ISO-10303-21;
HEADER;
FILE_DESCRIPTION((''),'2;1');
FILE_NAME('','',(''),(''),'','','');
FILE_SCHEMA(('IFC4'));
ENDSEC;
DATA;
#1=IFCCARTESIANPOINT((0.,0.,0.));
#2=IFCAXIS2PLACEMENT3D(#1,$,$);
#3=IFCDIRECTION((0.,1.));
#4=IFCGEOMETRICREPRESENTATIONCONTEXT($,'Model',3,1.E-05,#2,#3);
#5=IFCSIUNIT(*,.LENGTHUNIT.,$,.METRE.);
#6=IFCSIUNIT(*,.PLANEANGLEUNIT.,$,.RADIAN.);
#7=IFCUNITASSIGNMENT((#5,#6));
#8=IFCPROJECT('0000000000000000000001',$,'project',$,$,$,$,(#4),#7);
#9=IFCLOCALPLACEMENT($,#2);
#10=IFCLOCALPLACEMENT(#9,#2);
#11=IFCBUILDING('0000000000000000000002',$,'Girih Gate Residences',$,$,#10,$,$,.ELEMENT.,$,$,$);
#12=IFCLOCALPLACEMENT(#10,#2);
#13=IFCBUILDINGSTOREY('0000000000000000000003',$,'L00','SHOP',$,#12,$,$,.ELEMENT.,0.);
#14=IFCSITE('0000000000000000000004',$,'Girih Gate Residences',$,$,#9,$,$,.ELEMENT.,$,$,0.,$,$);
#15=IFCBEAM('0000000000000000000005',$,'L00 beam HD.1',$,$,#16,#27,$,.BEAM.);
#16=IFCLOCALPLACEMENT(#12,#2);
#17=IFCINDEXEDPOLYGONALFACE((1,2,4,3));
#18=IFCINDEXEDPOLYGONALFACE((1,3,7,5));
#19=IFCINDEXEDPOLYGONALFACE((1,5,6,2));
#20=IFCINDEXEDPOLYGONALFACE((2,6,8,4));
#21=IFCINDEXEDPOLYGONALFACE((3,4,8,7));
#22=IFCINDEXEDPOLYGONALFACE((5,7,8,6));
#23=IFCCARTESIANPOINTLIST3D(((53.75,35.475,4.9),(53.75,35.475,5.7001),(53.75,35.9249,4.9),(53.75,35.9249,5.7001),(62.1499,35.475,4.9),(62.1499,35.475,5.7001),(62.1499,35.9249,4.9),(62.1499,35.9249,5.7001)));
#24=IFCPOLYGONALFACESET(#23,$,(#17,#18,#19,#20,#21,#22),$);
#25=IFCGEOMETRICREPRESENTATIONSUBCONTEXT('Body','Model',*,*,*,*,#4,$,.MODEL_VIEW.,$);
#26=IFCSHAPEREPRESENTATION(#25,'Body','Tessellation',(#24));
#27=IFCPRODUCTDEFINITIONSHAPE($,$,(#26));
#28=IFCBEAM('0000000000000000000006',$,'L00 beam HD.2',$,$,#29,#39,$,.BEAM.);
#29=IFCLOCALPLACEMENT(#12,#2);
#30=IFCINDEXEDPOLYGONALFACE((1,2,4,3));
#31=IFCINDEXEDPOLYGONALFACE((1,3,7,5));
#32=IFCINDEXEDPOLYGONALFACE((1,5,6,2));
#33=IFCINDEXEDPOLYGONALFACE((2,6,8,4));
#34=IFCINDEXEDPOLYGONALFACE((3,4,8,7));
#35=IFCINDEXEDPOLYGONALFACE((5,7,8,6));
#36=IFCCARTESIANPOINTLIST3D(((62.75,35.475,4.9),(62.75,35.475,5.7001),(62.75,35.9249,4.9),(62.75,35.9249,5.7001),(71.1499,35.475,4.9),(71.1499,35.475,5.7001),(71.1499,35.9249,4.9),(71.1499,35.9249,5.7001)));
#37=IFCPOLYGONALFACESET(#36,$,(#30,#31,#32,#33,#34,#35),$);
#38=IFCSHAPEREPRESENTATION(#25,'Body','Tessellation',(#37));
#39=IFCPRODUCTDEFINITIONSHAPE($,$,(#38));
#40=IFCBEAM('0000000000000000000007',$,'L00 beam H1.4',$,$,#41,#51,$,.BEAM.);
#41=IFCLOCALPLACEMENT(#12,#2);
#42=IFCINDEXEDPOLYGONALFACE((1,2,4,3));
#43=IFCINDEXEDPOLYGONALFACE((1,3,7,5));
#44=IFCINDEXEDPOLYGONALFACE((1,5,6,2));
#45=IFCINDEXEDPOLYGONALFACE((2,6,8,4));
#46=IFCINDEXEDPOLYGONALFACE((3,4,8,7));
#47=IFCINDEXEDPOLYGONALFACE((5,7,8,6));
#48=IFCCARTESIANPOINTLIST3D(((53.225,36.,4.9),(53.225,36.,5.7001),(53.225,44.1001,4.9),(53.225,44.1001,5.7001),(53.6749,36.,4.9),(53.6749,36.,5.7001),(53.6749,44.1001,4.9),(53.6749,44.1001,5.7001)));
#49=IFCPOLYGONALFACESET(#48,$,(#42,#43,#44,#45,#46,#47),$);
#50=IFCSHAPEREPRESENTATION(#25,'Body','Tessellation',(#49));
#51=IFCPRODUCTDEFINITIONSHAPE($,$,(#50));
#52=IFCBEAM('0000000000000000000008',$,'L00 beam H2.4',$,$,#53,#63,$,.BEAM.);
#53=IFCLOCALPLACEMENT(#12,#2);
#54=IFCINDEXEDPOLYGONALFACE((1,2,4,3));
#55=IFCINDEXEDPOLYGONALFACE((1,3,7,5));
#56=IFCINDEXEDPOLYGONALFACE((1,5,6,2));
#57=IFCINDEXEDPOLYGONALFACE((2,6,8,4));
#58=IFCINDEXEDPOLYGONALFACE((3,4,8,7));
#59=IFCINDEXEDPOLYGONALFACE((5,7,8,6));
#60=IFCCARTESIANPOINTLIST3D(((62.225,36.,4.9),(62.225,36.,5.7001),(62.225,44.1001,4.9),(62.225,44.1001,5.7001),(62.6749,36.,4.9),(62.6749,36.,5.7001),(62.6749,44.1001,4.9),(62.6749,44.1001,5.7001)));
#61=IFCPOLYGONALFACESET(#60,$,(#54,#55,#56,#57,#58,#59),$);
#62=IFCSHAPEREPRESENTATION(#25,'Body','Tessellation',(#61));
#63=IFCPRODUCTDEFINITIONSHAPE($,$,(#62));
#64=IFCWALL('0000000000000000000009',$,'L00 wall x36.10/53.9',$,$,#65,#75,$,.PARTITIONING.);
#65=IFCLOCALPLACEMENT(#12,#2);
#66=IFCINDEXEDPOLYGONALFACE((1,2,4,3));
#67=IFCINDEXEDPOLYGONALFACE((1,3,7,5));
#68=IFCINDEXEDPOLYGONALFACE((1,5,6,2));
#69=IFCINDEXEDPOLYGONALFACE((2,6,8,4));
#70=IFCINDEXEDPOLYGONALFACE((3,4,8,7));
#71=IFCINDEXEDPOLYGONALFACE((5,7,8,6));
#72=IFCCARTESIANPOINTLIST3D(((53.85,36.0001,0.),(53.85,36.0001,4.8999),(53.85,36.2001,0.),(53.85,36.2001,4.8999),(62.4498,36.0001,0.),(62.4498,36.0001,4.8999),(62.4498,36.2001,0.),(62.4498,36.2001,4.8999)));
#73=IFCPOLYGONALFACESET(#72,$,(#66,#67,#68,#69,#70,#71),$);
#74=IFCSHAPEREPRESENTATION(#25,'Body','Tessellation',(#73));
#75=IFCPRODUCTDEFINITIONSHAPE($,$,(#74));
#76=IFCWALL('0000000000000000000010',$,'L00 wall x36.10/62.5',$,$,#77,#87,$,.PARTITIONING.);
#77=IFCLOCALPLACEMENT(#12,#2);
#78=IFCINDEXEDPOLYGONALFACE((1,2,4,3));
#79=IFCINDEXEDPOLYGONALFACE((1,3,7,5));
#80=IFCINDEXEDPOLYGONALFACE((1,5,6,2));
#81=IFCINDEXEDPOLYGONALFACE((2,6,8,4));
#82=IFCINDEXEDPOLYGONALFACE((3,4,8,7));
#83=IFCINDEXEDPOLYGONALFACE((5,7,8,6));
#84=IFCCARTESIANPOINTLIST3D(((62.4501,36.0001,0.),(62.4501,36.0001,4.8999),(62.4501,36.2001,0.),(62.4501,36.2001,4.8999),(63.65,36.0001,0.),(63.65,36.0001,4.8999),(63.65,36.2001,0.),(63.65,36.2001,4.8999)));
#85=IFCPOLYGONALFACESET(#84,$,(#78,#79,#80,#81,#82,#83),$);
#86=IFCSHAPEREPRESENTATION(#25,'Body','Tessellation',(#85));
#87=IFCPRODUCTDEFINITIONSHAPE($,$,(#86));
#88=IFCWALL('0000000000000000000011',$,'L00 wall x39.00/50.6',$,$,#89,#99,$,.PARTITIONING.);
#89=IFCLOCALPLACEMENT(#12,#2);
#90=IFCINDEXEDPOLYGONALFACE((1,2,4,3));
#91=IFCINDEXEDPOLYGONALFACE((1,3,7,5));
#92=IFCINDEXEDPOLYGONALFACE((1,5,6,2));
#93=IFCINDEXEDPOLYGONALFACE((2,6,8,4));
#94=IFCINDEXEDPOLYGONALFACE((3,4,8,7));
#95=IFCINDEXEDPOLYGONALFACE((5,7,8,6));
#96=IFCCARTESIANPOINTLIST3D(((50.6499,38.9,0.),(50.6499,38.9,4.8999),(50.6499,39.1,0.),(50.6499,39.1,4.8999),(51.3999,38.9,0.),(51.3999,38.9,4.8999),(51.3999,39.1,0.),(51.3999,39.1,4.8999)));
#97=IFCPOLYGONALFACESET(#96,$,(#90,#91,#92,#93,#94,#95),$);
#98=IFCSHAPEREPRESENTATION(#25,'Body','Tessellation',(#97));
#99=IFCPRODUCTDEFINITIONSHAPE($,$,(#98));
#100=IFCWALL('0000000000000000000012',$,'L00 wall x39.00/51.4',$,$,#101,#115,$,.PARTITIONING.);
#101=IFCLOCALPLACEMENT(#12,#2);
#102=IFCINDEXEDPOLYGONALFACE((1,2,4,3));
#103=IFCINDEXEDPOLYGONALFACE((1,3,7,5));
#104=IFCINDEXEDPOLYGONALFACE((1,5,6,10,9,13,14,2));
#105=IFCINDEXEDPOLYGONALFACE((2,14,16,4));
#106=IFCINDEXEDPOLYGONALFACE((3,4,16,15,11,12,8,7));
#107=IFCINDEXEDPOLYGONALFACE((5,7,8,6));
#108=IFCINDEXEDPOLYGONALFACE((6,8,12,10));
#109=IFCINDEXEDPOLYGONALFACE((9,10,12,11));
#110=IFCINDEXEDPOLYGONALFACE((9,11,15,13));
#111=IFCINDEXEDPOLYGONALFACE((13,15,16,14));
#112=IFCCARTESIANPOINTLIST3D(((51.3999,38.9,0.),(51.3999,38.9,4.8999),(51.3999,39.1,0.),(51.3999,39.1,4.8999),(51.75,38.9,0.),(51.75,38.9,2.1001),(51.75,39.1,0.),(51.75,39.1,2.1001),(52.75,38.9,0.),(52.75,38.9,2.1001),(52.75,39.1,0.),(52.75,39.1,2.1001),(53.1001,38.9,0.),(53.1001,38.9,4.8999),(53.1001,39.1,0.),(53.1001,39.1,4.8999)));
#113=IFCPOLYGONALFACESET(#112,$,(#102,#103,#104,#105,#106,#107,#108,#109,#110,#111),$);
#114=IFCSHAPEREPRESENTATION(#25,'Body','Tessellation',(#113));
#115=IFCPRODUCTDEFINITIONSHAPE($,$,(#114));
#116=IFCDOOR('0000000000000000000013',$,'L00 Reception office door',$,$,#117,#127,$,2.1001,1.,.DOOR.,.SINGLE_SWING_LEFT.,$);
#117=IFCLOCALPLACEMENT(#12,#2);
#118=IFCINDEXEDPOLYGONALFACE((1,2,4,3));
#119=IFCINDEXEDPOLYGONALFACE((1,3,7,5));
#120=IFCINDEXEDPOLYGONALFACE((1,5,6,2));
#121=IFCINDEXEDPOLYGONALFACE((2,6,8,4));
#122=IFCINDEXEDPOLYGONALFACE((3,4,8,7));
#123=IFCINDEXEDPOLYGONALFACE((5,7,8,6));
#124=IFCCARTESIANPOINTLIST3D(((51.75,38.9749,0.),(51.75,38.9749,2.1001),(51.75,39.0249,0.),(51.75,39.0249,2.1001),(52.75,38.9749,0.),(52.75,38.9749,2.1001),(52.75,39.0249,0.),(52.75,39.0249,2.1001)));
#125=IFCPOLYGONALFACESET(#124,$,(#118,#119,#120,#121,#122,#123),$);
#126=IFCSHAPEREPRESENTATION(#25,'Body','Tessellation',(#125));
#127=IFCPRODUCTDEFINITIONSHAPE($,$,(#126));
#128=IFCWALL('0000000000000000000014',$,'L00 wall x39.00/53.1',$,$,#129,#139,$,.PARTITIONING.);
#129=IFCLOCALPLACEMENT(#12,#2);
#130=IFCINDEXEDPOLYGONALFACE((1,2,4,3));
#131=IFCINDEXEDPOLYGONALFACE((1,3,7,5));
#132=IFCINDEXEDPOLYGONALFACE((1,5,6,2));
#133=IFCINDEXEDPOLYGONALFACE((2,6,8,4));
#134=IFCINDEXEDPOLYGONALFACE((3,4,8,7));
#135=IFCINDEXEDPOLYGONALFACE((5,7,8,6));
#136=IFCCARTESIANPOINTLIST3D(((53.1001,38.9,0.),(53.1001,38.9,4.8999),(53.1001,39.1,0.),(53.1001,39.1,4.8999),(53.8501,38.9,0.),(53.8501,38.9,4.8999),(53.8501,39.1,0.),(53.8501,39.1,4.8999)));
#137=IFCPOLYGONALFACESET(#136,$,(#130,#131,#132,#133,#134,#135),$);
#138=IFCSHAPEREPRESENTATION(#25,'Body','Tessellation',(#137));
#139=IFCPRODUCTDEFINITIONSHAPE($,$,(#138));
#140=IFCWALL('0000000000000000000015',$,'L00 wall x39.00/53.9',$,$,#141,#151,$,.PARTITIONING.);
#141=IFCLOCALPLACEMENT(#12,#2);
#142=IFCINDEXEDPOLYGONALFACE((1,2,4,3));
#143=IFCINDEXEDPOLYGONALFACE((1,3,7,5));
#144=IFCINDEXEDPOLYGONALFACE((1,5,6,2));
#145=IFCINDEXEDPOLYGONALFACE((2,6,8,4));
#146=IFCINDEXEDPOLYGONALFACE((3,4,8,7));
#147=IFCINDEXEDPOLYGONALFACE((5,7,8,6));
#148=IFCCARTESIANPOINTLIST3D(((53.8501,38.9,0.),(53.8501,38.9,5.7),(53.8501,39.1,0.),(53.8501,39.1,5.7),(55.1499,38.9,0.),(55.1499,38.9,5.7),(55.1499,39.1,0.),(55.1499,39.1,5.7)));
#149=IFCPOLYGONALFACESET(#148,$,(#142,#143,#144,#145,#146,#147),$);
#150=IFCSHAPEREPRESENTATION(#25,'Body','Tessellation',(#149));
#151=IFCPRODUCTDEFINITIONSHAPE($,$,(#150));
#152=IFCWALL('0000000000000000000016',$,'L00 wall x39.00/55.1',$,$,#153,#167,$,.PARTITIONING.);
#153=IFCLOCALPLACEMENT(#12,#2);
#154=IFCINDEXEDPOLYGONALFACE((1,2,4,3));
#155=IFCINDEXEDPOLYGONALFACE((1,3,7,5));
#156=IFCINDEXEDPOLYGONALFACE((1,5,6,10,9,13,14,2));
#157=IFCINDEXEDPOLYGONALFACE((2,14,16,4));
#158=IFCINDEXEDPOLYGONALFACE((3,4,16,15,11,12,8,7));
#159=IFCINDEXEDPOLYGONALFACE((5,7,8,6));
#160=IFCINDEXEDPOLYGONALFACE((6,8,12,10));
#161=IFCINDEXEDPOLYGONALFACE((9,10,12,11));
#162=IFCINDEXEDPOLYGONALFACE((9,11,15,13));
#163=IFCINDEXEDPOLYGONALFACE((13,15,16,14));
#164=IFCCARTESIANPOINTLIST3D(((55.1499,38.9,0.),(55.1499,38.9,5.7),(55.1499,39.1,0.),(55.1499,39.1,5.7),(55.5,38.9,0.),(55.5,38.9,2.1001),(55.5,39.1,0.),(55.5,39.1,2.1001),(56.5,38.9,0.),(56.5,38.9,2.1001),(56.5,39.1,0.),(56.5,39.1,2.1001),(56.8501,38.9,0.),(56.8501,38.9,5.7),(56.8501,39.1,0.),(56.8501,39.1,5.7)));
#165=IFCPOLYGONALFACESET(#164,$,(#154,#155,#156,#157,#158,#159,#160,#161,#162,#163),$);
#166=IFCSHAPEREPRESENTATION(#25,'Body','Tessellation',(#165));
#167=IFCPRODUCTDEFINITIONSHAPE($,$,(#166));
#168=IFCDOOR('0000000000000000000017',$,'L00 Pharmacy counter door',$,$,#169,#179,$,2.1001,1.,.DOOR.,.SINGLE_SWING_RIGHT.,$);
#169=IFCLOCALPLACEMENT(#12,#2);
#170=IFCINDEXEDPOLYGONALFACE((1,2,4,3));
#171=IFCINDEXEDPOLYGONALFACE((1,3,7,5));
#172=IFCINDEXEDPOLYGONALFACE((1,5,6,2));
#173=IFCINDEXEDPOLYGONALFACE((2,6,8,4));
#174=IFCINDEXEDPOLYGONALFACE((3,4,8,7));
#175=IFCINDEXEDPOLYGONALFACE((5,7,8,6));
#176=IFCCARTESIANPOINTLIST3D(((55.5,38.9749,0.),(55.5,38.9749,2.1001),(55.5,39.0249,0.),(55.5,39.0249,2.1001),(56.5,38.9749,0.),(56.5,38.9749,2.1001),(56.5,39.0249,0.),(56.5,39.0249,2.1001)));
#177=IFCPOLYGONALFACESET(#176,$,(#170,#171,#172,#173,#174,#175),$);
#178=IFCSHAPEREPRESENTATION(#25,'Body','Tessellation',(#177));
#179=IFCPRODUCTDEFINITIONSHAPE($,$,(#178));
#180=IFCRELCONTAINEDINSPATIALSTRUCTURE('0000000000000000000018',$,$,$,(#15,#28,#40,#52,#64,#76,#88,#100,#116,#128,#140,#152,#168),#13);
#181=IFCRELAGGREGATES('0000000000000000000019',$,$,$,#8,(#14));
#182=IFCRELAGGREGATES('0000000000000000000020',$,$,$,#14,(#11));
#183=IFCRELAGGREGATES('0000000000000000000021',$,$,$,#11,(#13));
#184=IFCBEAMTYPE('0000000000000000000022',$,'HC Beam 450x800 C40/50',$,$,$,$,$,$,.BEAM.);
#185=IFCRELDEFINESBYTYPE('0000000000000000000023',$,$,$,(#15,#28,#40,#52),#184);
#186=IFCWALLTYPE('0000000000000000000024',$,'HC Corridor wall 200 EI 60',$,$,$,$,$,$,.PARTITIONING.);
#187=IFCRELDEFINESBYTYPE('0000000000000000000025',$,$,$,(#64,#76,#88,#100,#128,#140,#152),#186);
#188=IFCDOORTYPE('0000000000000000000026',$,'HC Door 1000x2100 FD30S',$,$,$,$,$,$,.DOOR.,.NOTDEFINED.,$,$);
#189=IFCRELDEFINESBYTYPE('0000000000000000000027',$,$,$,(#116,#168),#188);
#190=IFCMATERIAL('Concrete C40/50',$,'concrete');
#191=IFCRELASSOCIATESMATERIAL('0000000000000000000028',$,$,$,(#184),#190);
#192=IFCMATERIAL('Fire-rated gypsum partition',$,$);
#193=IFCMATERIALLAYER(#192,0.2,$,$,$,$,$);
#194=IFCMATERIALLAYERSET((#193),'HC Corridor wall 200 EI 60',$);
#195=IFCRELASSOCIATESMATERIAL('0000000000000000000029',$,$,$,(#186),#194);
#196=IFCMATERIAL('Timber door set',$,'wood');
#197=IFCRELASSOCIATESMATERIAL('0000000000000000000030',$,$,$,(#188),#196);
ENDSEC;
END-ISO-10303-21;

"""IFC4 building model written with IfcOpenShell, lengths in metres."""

from ifc_helpers import new_model, si_unit, direction, frame, frame_2d, origin, origin_2d, place, context, subcontext, project, spatial, rectangle, extrude, material, layer, layer_set, material_profile, profile_set, type_object, element, fill, save


model = new_model("IFC4")

# Units and contexts
model_context = context("Model", 3, precision=1e-05, world=origin(), true_north=direction((0.0, 1.0)))
body_context = subcontext(model_context, "Body", "Model", "MODEL_VIEW")
ifc_project = project(units=[si_unit("LENGTHUNIT", "METRE"), si_unit("PLANEANGLEUNIT", "RADIAN")], contexts=[model_context])

# Site, building, storey
site_placement = place(None, origin())
site = spatial("IfcSite", under=ifc_project, at=site_placement, Name="Girih Gate Residences", CompositionType="ELEMENT", RefElevation=0.0)
building_placement = place(site_placement, origin())
building = spatial("IfcBuilding", under=site, at=building_placement, Name="Girih Gate Residences", CompositionType="ELEMENT")
storey_placement = place(building_placement, origin())
storey = spatial("IfcBuildingStorey", under=building, at=storey_placement, Name="L00", Description="SHOP", CompositionType="ELEMENT", Elevation=0.0)

# Shared definitions
ifc_material_1 = material(Name="Concrete C40/50", Category="concrete")

# Beams
ifc_material_profile_1 = material_profile(ifc_material_1, rectangle(XDim=0.45, YDim=0.8, at=origin_2d()))
ifc_profile_set_1 = profile_set([ifc_material_profile_1], Name="Concrete C40/50")
beam_type = type_object("IfcBeamType", Name="HC Beam 450x800 C40/50", PredefinedType="BEAM", material=ifc_profile_set_1)
for number, where, z_axis, x_axis, name in (
    (1, (53.75, 35.7, 5.3), (1.0, 0.0, 0.0), (0.0, 1.0, 0.0), "L00 beam HD.1"),
    (2, (62.75, 35.7, 5.3), (1.0, 0.0, 0.0), (0.0, 1.0, 0.0), "L00 beam HD.2"),
):
    element("IfcBeam", number, at=place(storey_placement, frame(where, z_axis=z_axis, x_axis=x_axis)), inside=storey, type_object=beam_type, Name=name, PredefinedType="BEAM", context=body_context, shape_type="SweptSolid", body=[
        extrude(rectangle(XDim=0.45, YDim=0.8, at=origin_2d()), origin(), (0.0, 0.0, 1.0), 8.3999),
    ])
for number, where, z_axis, x_axis, name in (
    (3, (53.45, 36.0, 5.3), (0.0, 1.0, 0.0), (-1.0, 0.0, 0.0), "L00 beam H1.4"),
    (4, (62.45, 36.0, 5.3), (0.0, 1.0, 0.0), (-1.0, 0.0, 0.0), "L00 beam H2.4"),
):
    element("IfcBeam", number, at=place(storey_placement, frame(where, z_axis=z_axis, x_axis=x_axis)), inside=storey, type_object=beam_type, Name=name, PredefinedType="BEAM", context=body_context, shape_type="SweptSolid", body=[
        extrude(rectangle(XDim=0.45, YDim=0.8, at=origin_2d()), origin(), (0.0, 0.0, 1.0), 8.1001),
    ])

# Walls
ifc_material_2 = material(Name="Fire-rated gypsum partition")
ifc_layer_1 = layer(ifc_material_2, 0.2)
ifc_layer_set_1 = layer_set([ifc_layer_1], Name="HC Corridor wall 200 EI 60")
wall_type_1 = type_object("IfcWallType", Name="HC Corridor wall 200 EI 60", PredefinedType="PARTITIONING", material=ifc_layer_set_1)
wall_1_placement = place(storey_placement, frame((53.8501, 36.1001, 0.0), z_axis=(0.0, 0.0, 1.0), x_axis=(1.0, 0.0, 0.0)))
element("IfcWall", 5, at=wall_1_placement, inside=storey, type_object=wall_type_1, Name="L00 wall x36.10/53.9", PredefinedType="PARTITIONING", context=body_context, shape_type="SweptSolid", body=[
    extrude(rectangle(XDim=8.5999, YDim=0.2, at=frame_2d((4.2998, 0.0))), origin(), (0.0, 0.0, 1.0), 4.8999),
])
wall_2_placement = place(storey_placement, frame((62.45, 36.1001, 0.0), z_axis=(0.0, 0.0, 1.0), x_axis=(1.0, 0.0, 0.0)))
element("IfcWall", 6, at=wall_2_placement, inside=storey, type_object=wall_type_1, Name="L00 wall x36.10/62.5", PredefinedType="PARTITIONING", context=body_context, shape_type="SweptSolid", body=[
    extrude(rectangle(XDim=1.2, YDim=0.2, at=frame_2d((0.6001, 0.0))), origin(), (0.0, 0.0, 1.0), 4.8999),
])
wall_3_placement = place(storey_placement, frame((50.6499, 39.0, 0.0), z_axis=(0.0, 0.0, 1.0), x_axis=(1.0, 0.0, 0.0)))
element("IfcWall", 7, at=wall_3_placement, inside=storey, type_object=wall_type_1, Name="L00 wall x39.00/50.6", PredefinedType="PARTITIONING", context=body_context, shape_type="SweptSolid", body=[
    extrude(rectangle(XDim=0.75, YDim=0.2, at=frame_2d((0.375, 0.0))), origin(), (0.0, 0.0, 1.0), 4.8999),
])

# Wall, opening, door
wall_4_placement = place(storey_placement, frame((51.3999, 39.0, 0.0), z_axis=(0.0, 0.0, 1.0), x_axis=(1.0, 0.0, 0.0)))
wall_4 = element("IfcWall", 8, at=wall_4_placement, inside=storey, type_object=wall_type_1, Name="L00 wall x39.00/51.4", PredefinedType="PARTITIONING", context=body_context, shape_type="SweptSolid", body=[
    extrude(rectangle(XDim=1.7002, YDim=0.2, at=frame_2d((0.8501, 0.0))), origin(), (0.0, 0.0, 1.0), 4.8999),
])
opening_1_placement = place(wall_4_placement, frame((0.3501, 0.0, 0.0)))
opening_1 = element("IfcOpeningElement", 9, at=opening_1_placement, cuts=wall_4, PredefinedType="OPENING", context=body_context, shape_type="SweptSolid", body=[
    extrude(rectangle(XDim=1.0, YDim=2.1001, at=frame_2d((0.5, 1.05))), frame((0.0, 0.1099, 0.0), z_axis=(0.0, -1.0, 0.0), x_axis=(1.0, 0.0, 0.0)), (0.0, 0.0, 1.0), 0.22),
])
ifc_material_3 = material(Name="Timber door set", Category="wood")
door_type = type_object("IfcDoorType", Name="HC Door 1000x2100 FD30S", OperationType="NOTDEFINED", PredefinedType="DOOR", material=ifc_material_3)
door_1_placement = place(opening_1_placement, origin())
door_1 = element("IfcDoor", 10, at=door_1_placement, inside=storey, type_object=door_type, Name="L00 Reception office door", OperationType="SINGLE_SWING_LEFT", OverallHeight=2.1001, OverallWidth=1.0, PredefinedType="DOOR", context=body_context, shape_type="SweptSolid", body=[
    extrude(rectangle(XDim=1.0, YDim=2.1001, at=frame_2d((0.5, 1.05))), frame((0.0, 0.0249, 0.0), z_axis=(0.0, -1.0, 0.0), x_axis=(1.0, 0.0, 0.0)), (0.0, 0.0, 1.0), 0.05),
])
fill(opening_1, door_1)

# Walls
wall_5_placement = place(storey_placement, frame((53.1001, 39.0, 0.0), z_axis=(0.0, 0.0, 1.0), x_axis=(1.0, 0.0, 0.0)))
element("IfcWall", 11, at=wall_5_placement, inside=storey, type_object=wall_type_1, Name="L00 wall x39.00/53.1", PredefinedType="PARTITIONING", context=body_context, shape_type="SweptSolid", body=[
    extrude(rectangle(XDim=0.75, YDim=0.2, at=frame_2d((0.375, 0.0))), origin(), (0.0, 0.0, 1.0), 4.8999),
])
wall_6_placement = place(storey_placement, frame((53.8501, 39.0, 0.0), z_axis=(0.0, 0.0, 1.0), x_axis=(1.0, 0.0, 0.0)))
element("IfcWall", 12, at=wall_6_placement, inside=storey, type_object=wall_type_1, Name="L00 wall x39.00/53.9", PredefinedType="PARTITIONING", context=body_context, shape_type="SweptSolid", body=[
    extrude(rectangle(XDim=1.2998, YDim=0.2, at=frame_2d((0.6499, 0.0))), origin(), (0.0, 0.0, 1.0), 5.7),
])

# Wall, opening, door
wall_7_placement = place(storey_placement, frame((55.1499, 39.0, 0.0), z_axis=(0.0, 0.0, 1.0), x_axis=(1.0, 0.0, 0.0)))
wall_7 = element("IfcWall", 13, at=wall_7_placement, inside=storey, type_object=wall_type_1, Name="L00 wall x39.00/55.1", PredefinedType="PARTITIONING", context=body_context, shape_type="SweptSolid", body=[
    extrude(rectangle(XDim=1.7002, YDim=0.2, at=frame_2d((0.8501, 0.0))), origin(), (0.0, 0.0, 1.0), 5.7),
])
opening_2_placement = place(wall_7_placement, frame((0.3501, 0.0, 0.0)))
opening_2 = element("IfcOpeningElement", 14, at=opening_2_placement, cuts=wall_7, PredefinedType="OPENING", context=body_context, shape_type="SweptSolid", body=[
    extrude(rectangle(XDim=1.0, YDim=2.1001, at=frame_2d((0.5, 1.05))), frame((0.0, 0.1099, 0.0), z_axis=(0.0, -1.0, 0.0), x_axis=(1.0, 0.0, 0.0)), (0.0, 0.0, 1.0), 0.22),
])
door_2_placement = place(opening_2_placement, origin())
door_2 = element("IfcDoor", 15, at=door_2_placement, inside=storey, type_object=door_type, Name="L00 Pharmacy counter door", OperationType="SINGLE_SWING_RIGHT", OverallHeight=2.1001, OverallWidth=1.0, PredefinedType="DOOR", context=body_context, shape_type="SweptSolid", body=[
    extrude(rectangle(XDim=1.0, YDim=2.1001, at=frame_2d((0.5, 1.05))), frame((0.0, 0.0249, 0.0), z_axis=(0.0, -1.0, 0.0), x_axis=(1.0, 0.0, 0.0)), (0.0, 0.0, 1.0), 0.05),
])
fill(opening_2, door_2)

save(model, "model.ifc")
